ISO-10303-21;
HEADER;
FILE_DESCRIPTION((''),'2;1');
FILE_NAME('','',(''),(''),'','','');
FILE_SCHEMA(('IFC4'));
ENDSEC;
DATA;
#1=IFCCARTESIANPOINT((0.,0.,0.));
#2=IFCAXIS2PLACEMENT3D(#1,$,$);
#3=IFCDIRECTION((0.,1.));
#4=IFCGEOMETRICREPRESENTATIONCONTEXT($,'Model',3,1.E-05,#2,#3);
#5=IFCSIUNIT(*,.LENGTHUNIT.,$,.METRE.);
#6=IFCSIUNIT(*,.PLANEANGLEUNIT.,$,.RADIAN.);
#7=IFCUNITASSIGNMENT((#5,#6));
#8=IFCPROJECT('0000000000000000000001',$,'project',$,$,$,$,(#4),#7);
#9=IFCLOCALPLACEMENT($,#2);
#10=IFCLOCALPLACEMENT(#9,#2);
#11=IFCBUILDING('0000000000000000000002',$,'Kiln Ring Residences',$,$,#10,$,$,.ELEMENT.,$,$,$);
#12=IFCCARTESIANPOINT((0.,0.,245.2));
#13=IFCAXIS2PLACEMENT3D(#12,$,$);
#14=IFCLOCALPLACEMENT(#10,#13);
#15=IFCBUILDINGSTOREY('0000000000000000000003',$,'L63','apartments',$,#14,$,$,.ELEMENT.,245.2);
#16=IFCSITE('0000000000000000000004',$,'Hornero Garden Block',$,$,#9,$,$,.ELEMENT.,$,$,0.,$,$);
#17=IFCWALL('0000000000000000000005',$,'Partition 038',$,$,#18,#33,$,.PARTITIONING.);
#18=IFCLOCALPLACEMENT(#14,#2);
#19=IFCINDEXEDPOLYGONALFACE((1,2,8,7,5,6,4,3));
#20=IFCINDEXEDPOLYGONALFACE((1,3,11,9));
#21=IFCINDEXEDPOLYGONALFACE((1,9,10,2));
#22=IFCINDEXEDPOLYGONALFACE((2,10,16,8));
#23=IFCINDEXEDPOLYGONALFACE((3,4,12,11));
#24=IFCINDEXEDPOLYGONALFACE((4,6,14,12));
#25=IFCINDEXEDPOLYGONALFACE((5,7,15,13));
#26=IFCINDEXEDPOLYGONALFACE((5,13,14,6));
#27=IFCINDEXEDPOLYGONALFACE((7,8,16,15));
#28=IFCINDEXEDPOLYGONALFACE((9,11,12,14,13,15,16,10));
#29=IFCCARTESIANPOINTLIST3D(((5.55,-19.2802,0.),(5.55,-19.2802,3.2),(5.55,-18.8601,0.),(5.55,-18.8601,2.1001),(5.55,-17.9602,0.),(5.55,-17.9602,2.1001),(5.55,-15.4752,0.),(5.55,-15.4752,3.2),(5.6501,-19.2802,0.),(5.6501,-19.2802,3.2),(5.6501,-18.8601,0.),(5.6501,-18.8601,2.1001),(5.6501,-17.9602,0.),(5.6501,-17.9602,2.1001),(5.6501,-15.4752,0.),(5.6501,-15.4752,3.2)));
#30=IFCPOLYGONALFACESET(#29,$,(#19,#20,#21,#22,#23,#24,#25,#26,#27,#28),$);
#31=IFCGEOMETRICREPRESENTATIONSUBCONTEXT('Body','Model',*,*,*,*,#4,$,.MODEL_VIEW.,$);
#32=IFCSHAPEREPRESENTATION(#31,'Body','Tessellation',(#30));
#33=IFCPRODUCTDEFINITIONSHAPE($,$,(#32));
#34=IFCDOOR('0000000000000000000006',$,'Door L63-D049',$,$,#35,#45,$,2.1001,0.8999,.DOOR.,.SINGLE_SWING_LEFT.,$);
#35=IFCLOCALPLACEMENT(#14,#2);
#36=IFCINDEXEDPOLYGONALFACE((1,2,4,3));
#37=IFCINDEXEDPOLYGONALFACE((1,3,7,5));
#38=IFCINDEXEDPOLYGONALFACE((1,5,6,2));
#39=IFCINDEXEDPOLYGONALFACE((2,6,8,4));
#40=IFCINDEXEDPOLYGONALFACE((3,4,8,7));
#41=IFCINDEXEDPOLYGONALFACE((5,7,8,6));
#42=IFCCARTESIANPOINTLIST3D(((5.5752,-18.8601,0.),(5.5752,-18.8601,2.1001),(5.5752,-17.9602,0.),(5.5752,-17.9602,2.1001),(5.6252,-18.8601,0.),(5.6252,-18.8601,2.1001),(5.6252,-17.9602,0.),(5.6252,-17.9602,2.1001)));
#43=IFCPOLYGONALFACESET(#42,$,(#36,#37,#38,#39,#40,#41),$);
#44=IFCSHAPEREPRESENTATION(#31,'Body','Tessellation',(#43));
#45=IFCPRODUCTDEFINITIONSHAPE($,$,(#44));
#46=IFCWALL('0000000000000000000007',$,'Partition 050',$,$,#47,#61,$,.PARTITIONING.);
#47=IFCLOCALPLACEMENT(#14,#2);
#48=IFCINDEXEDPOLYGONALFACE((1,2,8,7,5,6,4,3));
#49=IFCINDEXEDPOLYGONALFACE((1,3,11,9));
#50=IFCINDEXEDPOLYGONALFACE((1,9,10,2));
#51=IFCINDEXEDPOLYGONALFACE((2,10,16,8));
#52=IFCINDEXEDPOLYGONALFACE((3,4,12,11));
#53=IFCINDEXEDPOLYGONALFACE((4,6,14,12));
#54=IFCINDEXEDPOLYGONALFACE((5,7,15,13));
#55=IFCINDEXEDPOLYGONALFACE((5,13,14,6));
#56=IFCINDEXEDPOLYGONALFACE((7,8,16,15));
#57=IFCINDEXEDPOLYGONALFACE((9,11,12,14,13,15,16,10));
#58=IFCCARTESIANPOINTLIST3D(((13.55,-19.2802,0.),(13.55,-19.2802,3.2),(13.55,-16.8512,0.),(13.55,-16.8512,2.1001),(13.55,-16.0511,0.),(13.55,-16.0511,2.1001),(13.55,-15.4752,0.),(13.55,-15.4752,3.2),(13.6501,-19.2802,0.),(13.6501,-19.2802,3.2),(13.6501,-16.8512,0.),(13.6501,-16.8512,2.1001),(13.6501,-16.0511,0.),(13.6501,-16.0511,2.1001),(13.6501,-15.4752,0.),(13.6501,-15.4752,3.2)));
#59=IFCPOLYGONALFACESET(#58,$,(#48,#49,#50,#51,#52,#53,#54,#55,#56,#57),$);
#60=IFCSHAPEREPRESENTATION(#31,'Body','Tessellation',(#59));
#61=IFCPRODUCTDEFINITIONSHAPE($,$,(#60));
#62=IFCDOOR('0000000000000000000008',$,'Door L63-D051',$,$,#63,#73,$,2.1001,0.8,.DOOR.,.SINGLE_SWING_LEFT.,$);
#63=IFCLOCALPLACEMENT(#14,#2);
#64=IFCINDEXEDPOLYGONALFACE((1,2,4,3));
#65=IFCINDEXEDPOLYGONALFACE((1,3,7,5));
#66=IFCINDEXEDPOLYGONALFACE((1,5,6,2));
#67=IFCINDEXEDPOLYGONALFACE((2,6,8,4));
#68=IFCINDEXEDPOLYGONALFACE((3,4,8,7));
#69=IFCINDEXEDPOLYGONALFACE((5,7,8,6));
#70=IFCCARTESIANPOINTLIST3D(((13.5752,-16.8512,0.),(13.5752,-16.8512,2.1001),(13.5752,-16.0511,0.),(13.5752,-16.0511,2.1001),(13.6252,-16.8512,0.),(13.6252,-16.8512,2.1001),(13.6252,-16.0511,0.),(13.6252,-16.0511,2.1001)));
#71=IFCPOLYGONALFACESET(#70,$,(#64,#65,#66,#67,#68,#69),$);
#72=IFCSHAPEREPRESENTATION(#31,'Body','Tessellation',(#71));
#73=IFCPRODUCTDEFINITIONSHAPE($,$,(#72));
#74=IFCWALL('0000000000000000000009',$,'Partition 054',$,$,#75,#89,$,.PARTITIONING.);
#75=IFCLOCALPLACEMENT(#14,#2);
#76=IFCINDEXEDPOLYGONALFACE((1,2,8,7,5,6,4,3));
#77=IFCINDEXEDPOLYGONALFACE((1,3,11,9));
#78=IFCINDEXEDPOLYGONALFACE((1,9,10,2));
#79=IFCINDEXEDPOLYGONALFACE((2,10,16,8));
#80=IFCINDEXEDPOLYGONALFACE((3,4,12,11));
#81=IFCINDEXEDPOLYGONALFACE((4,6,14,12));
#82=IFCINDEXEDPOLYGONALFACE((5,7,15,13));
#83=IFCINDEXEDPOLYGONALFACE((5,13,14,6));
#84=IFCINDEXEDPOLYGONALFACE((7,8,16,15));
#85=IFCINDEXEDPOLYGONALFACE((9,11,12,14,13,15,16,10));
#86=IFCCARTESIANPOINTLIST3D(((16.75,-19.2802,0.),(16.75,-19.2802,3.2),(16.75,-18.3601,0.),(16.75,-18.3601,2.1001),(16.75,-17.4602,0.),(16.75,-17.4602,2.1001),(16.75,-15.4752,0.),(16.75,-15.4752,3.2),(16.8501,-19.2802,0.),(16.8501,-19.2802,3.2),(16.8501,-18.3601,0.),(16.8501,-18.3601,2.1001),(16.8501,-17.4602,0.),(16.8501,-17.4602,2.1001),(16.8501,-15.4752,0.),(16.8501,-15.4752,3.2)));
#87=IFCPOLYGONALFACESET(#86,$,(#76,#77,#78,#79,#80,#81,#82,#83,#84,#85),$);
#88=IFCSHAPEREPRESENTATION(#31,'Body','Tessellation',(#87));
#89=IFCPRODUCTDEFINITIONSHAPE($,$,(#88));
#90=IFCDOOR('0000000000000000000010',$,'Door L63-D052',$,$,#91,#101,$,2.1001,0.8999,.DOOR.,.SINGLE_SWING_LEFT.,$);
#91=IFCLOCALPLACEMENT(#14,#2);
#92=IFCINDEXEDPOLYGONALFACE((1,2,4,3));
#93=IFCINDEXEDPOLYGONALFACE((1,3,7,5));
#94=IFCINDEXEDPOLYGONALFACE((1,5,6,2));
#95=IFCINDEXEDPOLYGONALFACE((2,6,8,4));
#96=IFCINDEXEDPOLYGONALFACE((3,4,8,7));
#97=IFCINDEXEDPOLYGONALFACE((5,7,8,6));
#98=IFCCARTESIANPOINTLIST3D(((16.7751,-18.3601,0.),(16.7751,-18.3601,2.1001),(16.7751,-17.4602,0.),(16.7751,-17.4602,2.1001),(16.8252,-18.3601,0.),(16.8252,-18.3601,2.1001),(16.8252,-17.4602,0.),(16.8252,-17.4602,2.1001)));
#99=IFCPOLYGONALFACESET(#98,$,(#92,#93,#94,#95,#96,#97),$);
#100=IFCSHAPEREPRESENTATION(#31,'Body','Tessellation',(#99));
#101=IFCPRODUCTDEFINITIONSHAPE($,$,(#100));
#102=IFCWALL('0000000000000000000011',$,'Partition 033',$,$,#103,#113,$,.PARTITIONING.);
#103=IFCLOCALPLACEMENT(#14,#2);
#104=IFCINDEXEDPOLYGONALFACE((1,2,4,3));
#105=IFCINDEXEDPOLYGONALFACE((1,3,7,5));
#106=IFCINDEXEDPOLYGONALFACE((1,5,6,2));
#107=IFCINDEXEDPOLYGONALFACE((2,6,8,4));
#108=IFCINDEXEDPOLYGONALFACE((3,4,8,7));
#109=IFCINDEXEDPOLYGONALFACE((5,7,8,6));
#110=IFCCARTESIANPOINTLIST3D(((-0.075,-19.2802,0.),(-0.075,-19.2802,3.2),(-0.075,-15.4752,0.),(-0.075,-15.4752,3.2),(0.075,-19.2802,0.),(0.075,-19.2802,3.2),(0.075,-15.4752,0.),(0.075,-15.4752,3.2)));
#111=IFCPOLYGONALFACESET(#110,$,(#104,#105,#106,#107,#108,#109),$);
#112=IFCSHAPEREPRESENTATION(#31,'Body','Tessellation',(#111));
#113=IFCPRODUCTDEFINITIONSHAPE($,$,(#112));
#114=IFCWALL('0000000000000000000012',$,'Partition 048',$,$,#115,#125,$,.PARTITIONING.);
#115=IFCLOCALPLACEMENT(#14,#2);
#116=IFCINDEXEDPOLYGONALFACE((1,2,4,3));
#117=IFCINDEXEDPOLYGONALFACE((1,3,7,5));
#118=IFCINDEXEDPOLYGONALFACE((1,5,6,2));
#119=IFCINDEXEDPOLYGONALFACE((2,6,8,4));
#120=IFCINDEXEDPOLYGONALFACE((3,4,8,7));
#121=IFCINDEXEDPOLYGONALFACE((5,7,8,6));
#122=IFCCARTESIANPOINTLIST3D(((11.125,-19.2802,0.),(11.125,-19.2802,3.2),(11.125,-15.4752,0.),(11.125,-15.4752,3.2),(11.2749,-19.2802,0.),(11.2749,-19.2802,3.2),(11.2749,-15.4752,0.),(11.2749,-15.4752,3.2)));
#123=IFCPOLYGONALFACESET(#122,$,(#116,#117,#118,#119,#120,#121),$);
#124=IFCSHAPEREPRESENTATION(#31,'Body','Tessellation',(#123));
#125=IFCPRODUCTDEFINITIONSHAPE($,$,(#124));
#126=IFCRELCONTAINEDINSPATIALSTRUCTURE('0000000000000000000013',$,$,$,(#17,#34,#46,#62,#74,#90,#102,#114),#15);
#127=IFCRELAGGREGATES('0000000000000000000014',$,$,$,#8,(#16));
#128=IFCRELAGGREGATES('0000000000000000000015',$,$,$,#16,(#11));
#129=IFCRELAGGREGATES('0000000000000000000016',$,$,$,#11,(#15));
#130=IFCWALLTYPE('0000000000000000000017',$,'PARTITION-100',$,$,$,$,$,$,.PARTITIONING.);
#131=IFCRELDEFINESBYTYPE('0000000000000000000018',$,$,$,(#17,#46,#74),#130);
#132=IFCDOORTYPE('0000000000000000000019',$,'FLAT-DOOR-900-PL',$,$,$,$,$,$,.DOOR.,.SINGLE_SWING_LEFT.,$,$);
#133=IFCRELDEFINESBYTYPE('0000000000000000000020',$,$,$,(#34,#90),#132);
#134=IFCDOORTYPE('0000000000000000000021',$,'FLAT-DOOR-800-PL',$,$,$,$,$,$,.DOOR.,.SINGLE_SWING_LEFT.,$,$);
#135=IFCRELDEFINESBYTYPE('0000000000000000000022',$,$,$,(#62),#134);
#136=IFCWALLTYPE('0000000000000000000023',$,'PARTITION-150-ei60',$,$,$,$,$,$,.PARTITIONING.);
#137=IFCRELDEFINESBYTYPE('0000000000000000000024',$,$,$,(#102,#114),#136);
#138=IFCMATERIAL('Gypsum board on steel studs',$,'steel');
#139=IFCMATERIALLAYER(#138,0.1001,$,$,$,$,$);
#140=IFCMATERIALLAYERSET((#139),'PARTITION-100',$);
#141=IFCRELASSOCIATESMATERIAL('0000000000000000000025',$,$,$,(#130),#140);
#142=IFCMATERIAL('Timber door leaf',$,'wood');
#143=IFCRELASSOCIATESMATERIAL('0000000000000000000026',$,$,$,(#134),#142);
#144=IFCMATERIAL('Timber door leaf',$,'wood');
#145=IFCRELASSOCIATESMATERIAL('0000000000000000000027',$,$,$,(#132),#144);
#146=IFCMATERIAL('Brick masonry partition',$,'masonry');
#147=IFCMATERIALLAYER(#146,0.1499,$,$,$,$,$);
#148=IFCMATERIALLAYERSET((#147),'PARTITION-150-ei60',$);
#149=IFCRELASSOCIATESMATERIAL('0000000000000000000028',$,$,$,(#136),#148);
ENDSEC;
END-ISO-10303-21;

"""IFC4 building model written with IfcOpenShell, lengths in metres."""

from ifc_helpers import new_model, si_unit, direction, frame, frame_2d, origin, place, context, subcontext, project, spatial, rectangle, extrude, material, layer, layer_set, type_object, element, fill, save


model = new_model("IFC4")

# Units and contexts
model_context = context("Model", 3, precision=1e-05, world=origin(), true_north=direction((0.0, 1.0)))
body_context = subcontext(model_context, "Body", "Model", "MODEL_VIEW")
ifc_project = project(units=[si_unit("LENGTHUNIT", "METRE"), si_unit("PLANEANGLEUNIT", "RADIAN")], contexts=[model_context])

# Site, building, storey
site_placement = place(None, origin())
site = spatial("IfcSite", under=ifc_project, at=site_placement, Name="Hornero Garden Block", CompositionType="ELEMENT", RefElevation=0.0)
building_placement = place(site_placement, origin())
building = spatial("IfcBuilding", under=site, at=building_placement, Name="Kiln Ring Residences", CompositionType="ELEMENT")
storey_placement = place(building_placement, frame((0.0, 0.0, 245.2)))
storey = spatial("IfcBuildingStorey", under=building, at=storey_placement, Name="L63", Description="apartments", CompositionType="ELEMENT", Elevation=245.2)

# Walls, openings, doors
ifc_material_1 = material(Name="Gypsum board on steel studs", Category="steel")
ifc_layer_1 = layer(ifc_material_1, 0.1001)
ifc_layer_set_1 = layer_set([ifc_layer_1], Name="PARTITION-100")
wall_type_1 = type_object("IfcWallType", Name="PARTITION-100", PredefinedType="PARTITIONING", material=ifc_layer_set_1)
ifc_material_2 = material(Name="Timber door leaf", Category="wood")
door_type_1 = type_object("IfcDoorType", Name="FLAT-DOOR-800-PL", OperationType="SINGLE_SWING_LEFT", PredefinedType="DOOR", material=ifc_material_2)
wall_1_placement = place(storey_placement, frame((5.6001, -19.28, 0.0), z_axis=(0.0, 0.0, 1.0), x_axis=(0.0, 1.0, 0.0)))
wall_1 = element("IfcWall", 1, at=wall_1_placement, inside=storey, type_object=wall_type_1, Name="Partition 038", PredefinedType="PARTITIONING", context=body_context, shape_type="SweptSolid", body=[
    extrude(rectangle(XDim=3.8049, YDim=0.1001, at=frame_2d((1.9023, 0.0))), origin(), (0.0, 0.0, 1.0), 3.2),
])
opening_1_placement = place(wall_1_placement, frame((0.4199, 0.0, 0.0)))
opening_1 = element("IfcOpeningElement", 2, at=opening_1_placement, cuts=wall_1, PredefinedType="OPENING", context=body_context, shape_type="SweptSolid", body=[
    extrude(rectangle(XDim=0.8999, YDim=2.1001, at=frame_2d((0.45, 1.05))), frame((0.0, 0.0601, 0.0), z_axis=(0.0, -1.0, 0.0), x_axis=(1.0, 0.0, 0.0)), (0.0, 0.0, 1.0), 0.1201),
])
ifc_material_3 = material(Name="Timber door leaf", Category="wood")
door_type_2 = type_object("IfcDoorType", Name="FLAT-DOOR-900-PL", OperationType="SINGLE_SWING_LEFT", PredefinedType="DOOR", material=ifc_material_3)
door_1_placement = place(opening_1_placement, origin())
door_1 = element("IfcDoor", 3, at=door_1_placement, inside=storey, type_object=door_type_2, Name="Door L63-D049", OperationType="SINGLE_SWING_LEFT", OverallHeight=2.1001, OverallWidth=0.8999, PredefinedType="DOOR", context=body_context, shape_type="SweptSolid", body=[
    extrude(rectangle(XDim=0.8999, YDim=2.1001, at=frame_2d((0.45, 1.05))), frame((0.0, 0.0249, 0.0), z_axis=(0.0, -1.0, 0.0), x_axis=(1.0, 0.0, 0.0)), (0.0, 0.0, 1.0), 0.05),
])
fill(opening_1, door_1)
wall_2_placement = place(storey_placement, frame((13.6001, -19.28, 0.0), z_axis=(0.0, 0.0, 1.0), x_axis=(0.0, 1.0, 0.0)))
wall_2 = element("IfcWall", 4, at=wall_2_placement, inside=storey, type_object=wall_type_1, Name="Partition 050", PredefinedType="PARTITIONING", context=body_context, shape_type="SweptSolid", body=[
    extrude(rectangle(XDim=3.8049, YDim=0.1001, at=frame_2d((1.9023, 0.0))), origin(), (0.0, 0.0, 1.0), 3.2),
])
opening_2_placement = place(wall_2_placement, frame((2.429, 0.0, 0.0)))
opening_2 = element("IfcOpeningElement", 5, at=opening_2_placement, cuts=wall_2, PredefinedType="OPENING", context=body_context, shape_type="SweptSolid", body=[
    extrude(rectangle(XDim=0.8, YDim=2.1001, at=frame_2d((0.3999, 1.05))), frame((0.0, 0.0601, 0.0), z_axis=(0.0, -1.0, 0.0), x_axis=(1.0, 0.0, 0.0)), (0.0, 0.0, 1.0), 0.1201),
])
door_2_placement = place(opening_2_placement, origin())
door_2 = element("IfcDoor", 6, at=door_2_placement, inside=storey, type_object=door_type_1, Name="Door L63-D051", OperationType="SINGLE_SWING_LEFT", OverallHeight=2.1001, OverallWidth=0.8, PredefinedType="DOOR", context=body_context, shape_type="SweptSolid", body=[
    extrude(rectangle(XDim=0.8, YDim=2.1001, at=frame_2d((0.3999, 1.05))), frame((0.0, 0.0249, 0.0), z_axis=(0.0, -1.0, 0.0), x_axis=(1.0, 0.0, 0.0)), (0.0, 0.0, 1.0), 0.05),
])
fill(opening_2, door_2)
wall_3_placement = place(storey_placement, frame((16.8, -19.28, 0.0), z_axis=(0.0, 0.0, 1.0), x_axis=(0.0, 1.0, 0.0)))
wall_3 = element("IfcWall", 7, at=wall_3_placement, inside=storey, type_object=wall_type_1, Name="Partition 054", PredefinedType="PARTITIONING", context=body_context, shape_type="SweptSolid", body=[
    extrude(rectangle(XDim=3.8049, YDim=0.1001, at=frame_2d((1.9023, 0.0))), origin(), (0.0, 0.0, 1.0), 3.2),
])
opening_3_placement = place(wall_3_placement, frame((0.9199, 0.0, 0.0)))
opening_3 = element("IfcOpeningElement", 8, at=opening_3_placement, cuts=wall_3, PredefinedType="OPENING", context=body_context, shape_type="SweptSolid", body=[
    extrude(rectangle(XDim=0.8999, YDim=2.1001, at=frame_2d((0.45, 1.05))), frame((0.0, 0.0601, 0.0), z_axis=(0.0, -1.0, 0.0), x_axis=(1.0, 0.0, 0.0)), (0.0, 0.0, 1.0), 0.1201),
])
door_3_placement = place(opening_3_placement, origin())
door_3 = element("IfcDoor", 9, at=door_3_placement, inside=storey, type_object=door_type_2, Name="Door L63-D052", OperationType="SINGLE_SWING_LEFT", OverallHeight=2.1001, OverallWidth=0.8999, PredefinedType="DOOR", context=body_context, shape_type="SweptSolid", body=[
    extrude(rectangle(XDim=0.8999, YDim=2.1001, at=frame_2d((0.45, 1.05))), frame((0.0, 0.0249, 0.0), z_axis=(0.0, -1.0, 0.0), x_axis=(1.0, 0.0, 0.0)), (0.0, 0.0, 1.0), 0.05),
])
fill(opening_3, door_3)

# Walls
ifc_material_4 = material(Name="Brick masonry partition", Category="masonry")
ifc_layer_2 = layer(ifc_material_4, 0.1499)
ifc_layer_set_2 = layer_set([ifc_layer_2], Name="PARTITION-150-ei60")
wall_type_2 = type_object("IfcWallType", Name="PARTITION-150-ei60", PredefinedType="PARTITIONING", material=ifc_layer_set_2)
for number, where, z_axis, x_axis, name in (
    (10, (0.0, -19.28, 0.0), (0.0, 0.0, 1.0), (0.0, 1.0, 0.0), "Partition 033"),
    (11, (11.2, -19.28, 0.0), (0.0, 0.0, 1.0), (0.0, 1.0, 0.0), "Partition 048"),
):
    element("IfcWall", number, at=place(storey_placement, frame(where, z_axis=z_axis, x_axis=x_axis)), inside=storey, type_object=wall_type_2, Name=name, PredefinedType="PARTITIONING", context=body_context, shape_type="SweptSolid", body=[
        extrude(rectangle(XDim=3.8049, YDim=0.1499, at=frame_2d((1.9023, 0.0))), origin(), (0.0, 0.0, 1.0), 3.2),
    ])

save(model, "model.ifc")
